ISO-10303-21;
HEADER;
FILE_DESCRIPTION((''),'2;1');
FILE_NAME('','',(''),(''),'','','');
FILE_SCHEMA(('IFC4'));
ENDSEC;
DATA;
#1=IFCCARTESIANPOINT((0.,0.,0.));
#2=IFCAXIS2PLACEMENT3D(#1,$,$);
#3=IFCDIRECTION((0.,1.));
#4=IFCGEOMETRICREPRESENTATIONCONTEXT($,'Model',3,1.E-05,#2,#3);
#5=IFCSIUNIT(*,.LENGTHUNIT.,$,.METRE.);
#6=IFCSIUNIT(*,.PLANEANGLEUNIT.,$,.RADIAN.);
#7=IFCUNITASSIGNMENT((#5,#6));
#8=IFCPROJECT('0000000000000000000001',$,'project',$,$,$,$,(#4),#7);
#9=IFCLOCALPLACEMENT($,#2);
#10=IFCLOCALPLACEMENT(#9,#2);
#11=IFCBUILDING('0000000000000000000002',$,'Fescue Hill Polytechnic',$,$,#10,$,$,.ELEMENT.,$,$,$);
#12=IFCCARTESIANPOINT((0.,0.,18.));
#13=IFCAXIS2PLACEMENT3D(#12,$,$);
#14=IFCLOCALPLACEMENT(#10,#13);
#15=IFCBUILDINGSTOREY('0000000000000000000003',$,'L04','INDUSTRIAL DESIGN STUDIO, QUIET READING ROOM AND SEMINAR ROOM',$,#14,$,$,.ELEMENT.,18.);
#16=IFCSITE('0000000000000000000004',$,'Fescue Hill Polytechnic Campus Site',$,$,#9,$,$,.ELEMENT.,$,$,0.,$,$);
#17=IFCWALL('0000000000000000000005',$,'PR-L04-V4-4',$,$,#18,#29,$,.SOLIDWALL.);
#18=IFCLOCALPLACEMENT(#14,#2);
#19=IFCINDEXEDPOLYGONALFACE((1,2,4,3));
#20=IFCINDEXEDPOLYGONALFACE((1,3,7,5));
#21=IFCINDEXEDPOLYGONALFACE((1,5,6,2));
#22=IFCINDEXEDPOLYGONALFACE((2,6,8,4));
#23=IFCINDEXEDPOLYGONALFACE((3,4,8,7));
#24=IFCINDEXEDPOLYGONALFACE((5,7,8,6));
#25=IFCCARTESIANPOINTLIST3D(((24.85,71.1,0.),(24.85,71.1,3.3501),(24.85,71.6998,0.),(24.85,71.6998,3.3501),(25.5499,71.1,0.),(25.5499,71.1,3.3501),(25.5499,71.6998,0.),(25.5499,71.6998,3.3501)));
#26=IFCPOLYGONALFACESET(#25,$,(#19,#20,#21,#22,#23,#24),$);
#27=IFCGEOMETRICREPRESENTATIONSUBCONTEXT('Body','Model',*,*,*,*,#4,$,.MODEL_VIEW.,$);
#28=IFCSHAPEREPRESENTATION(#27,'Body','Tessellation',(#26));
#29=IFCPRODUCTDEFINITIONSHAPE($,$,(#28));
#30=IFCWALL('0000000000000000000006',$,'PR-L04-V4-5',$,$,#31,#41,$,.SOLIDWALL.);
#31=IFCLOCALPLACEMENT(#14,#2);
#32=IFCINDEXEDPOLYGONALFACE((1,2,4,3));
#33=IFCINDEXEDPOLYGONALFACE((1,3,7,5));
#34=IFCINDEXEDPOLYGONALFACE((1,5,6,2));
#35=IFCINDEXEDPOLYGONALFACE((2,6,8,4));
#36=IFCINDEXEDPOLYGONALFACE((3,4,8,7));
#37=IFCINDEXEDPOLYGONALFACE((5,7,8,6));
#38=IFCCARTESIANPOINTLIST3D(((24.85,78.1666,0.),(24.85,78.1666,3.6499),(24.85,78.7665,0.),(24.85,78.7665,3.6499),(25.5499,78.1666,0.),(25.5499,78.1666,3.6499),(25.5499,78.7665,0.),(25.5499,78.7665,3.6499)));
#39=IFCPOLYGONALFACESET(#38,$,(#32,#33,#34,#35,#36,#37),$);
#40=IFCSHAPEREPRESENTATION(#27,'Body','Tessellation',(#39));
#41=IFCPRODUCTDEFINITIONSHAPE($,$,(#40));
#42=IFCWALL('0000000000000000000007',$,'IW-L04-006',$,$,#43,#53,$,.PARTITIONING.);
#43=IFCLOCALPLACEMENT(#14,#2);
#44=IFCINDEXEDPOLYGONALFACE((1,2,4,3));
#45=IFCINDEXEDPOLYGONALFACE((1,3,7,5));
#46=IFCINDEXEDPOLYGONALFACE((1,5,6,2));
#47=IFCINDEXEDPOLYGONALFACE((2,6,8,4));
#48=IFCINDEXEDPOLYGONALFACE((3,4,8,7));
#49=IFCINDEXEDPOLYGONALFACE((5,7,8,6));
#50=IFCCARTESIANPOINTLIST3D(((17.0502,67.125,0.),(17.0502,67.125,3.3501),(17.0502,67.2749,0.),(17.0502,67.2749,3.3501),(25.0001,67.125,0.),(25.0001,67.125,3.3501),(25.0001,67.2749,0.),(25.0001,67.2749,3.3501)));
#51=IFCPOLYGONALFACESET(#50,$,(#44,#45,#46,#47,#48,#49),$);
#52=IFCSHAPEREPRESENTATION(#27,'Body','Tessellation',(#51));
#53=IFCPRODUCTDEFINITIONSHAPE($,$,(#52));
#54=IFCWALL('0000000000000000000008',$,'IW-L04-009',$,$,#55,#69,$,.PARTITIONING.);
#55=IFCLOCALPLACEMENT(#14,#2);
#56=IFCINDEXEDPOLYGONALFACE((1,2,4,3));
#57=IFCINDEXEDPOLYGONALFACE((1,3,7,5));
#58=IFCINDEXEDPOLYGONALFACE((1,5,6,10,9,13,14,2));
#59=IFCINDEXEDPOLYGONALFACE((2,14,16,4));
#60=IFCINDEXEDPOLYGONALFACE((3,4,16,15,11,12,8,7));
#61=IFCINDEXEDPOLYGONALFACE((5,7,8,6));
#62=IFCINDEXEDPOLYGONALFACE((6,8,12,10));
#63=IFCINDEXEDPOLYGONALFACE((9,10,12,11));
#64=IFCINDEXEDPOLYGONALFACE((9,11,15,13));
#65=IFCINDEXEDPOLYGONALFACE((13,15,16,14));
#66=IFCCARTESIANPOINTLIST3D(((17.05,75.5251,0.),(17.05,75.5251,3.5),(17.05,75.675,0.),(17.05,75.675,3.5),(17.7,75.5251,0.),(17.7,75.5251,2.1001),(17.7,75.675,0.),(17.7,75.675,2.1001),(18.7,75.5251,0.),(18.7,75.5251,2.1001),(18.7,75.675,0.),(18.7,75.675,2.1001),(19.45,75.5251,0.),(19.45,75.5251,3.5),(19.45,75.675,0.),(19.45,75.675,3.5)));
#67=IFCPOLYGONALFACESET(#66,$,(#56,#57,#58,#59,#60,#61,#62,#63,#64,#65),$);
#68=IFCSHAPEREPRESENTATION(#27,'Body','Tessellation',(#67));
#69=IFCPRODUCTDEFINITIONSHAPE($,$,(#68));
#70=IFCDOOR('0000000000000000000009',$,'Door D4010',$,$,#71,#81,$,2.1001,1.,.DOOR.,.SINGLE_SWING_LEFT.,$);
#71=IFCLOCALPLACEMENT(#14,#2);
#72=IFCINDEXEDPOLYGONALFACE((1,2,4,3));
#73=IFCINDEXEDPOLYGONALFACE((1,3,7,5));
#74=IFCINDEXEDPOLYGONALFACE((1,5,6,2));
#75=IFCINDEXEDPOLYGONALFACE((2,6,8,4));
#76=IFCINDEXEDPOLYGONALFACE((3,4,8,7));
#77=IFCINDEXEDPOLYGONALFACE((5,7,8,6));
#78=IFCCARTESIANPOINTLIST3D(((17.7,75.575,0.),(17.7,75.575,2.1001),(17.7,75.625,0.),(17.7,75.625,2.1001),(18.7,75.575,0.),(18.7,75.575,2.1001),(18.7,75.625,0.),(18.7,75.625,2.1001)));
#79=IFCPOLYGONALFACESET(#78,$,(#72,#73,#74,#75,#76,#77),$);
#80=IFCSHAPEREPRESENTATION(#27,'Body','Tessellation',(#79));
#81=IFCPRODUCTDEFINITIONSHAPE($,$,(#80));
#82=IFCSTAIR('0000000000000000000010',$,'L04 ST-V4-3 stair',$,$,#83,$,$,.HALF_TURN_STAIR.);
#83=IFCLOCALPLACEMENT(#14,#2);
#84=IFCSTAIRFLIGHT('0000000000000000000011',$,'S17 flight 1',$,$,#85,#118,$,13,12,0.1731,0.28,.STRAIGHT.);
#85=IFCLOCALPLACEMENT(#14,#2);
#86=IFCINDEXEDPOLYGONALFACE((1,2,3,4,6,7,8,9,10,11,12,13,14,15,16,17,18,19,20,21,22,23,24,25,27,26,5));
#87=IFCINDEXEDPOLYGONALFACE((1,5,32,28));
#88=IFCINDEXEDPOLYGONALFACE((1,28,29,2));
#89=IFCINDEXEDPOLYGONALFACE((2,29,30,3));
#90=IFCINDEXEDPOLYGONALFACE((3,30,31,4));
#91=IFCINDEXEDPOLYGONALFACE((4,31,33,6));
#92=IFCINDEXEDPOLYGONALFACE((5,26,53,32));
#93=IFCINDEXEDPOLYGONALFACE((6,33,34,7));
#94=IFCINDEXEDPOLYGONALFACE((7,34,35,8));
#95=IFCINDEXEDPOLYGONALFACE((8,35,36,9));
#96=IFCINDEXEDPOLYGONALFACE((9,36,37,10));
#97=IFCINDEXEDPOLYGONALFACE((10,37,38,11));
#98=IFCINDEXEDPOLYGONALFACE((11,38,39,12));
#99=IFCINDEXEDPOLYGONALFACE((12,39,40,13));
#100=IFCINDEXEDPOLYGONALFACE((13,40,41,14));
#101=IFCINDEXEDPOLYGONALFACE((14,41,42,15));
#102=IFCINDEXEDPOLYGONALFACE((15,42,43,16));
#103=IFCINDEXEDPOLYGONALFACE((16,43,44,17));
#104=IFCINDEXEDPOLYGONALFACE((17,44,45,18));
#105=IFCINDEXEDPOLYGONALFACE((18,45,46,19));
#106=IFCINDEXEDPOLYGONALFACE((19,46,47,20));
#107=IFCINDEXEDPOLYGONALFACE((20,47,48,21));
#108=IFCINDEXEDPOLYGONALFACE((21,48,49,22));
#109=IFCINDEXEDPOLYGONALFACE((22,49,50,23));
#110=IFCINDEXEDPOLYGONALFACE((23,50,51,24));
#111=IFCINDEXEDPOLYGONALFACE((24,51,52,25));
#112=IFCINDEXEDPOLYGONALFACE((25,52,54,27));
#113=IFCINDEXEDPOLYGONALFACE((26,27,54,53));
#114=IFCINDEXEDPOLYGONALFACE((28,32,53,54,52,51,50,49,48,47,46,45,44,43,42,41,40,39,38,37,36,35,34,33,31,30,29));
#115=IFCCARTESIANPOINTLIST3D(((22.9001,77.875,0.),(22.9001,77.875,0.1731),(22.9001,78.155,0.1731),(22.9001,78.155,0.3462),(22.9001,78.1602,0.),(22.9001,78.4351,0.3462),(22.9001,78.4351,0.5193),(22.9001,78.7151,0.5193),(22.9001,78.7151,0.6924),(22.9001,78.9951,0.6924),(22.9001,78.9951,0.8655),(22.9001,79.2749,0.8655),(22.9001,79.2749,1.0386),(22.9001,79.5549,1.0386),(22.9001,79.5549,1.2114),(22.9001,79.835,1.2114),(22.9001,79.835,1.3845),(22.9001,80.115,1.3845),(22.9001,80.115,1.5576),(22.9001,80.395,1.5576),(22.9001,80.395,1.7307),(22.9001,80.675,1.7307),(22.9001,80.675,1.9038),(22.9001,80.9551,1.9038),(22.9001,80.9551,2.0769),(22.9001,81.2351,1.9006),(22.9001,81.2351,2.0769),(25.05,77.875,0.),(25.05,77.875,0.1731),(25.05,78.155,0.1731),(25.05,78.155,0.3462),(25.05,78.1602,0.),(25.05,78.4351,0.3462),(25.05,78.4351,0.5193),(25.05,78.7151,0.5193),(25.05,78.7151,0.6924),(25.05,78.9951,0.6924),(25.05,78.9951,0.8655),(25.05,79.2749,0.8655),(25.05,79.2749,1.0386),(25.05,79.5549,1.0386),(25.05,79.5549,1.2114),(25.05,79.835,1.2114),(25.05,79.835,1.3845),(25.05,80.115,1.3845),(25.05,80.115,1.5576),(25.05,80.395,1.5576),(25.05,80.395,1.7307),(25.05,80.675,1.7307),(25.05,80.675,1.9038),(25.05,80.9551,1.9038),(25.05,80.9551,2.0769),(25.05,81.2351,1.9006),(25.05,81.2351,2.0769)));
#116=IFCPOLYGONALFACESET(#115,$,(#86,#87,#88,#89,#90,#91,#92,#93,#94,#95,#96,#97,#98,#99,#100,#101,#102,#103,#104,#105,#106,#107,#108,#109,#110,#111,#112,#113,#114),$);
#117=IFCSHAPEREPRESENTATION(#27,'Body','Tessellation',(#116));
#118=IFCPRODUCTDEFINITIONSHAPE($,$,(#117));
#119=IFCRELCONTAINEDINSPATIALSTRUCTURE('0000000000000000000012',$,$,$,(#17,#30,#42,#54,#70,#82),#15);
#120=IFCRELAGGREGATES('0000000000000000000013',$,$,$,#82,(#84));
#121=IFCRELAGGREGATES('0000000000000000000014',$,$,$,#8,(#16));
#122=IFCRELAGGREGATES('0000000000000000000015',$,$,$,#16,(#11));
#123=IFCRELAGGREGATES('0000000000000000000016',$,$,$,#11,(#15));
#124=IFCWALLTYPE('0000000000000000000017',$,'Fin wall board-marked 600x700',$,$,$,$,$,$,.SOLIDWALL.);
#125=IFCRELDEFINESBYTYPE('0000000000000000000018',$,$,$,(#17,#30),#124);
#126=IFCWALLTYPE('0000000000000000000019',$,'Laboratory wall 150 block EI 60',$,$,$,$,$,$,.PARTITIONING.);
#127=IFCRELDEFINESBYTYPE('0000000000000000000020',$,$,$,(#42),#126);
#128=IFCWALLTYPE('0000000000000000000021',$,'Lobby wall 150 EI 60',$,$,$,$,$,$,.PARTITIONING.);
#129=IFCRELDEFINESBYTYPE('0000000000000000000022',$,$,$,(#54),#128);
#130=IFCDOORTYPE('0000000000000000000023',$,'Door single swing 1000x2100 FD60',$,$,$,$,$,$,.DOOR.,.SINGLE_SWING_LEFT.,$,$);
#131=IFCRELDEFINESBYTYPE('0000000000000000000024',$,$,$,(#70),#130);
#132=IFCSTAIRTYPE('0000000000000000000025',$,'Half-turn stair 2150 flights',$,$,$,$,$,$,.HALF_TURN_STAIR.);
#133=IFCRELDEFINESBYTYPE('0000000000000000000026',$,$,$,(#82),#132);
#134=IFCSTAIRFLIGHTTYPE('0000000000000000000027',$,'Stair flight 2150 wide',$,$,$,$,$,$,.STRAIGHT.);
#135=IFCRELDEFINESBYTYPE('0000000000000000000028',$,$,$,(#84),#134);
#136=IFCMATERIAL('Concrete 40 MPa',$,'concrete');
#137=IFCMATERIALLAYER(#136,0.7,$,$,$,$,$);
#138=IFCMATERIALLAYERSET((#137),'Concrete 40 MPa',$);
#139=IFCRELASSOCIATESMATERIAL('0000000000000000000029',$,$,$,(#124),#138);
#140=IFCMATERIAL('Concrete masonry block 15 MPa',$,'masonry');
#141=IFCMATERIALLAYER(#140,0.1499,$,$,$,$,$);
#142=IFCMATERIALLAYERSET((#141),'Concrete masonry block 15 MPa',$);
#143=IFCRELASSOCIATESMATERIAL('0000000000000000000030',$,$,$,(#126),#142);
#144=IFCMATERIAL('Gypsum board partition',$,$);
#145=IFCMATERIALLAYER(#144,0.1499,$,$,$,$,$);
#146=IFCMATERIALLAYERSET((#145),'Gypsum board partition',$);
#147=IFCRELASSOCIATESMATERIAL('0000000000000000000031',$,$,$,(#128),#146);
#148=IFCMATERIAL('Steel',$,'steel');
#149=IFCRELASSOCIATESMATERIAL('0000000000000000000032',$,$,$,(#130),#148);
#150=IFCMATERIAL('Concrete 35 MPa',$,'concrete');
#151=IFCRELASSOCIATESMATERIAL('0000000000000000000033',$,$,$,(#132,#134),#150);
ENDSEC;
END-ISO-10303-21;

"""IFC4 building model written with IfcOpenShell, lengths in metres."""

from ifc_helpers import new_model, si_unit, direction, frame, frame_2d, origin, place, context, subcontext, project, spatial, polyline, rectangle, outline, extrude, material, layer, layer_set, type_object, element, fill, aggregate, save


model = new_model("IFC4")

# Units and contexts
model_context = context("Model", 3, precision=1e-05, world=origin(), true_north=direction((0.0, 1.0)))
body_context = subcontext(model_context, "Body", "Model", "MODEL_VIEW")
ifc_project = project(units=[si_unit("LENGTHUNIT", "METRE"), si_unit("PLANEANGLEUNIT", "RADIAN")], contexts=[model_context])

# Site, building, storey
site_placement = place(None, origin())
site = spatial("IfcSite", under=ifc_project, at=site_placement, Name="Fescue Hill Polytechnic Campus Site", CompositionType="ELEMENT", RefElevation=0.0)
building_placement = place(site_placement, origin())
building = spatial("IfcBuilding", under=site, at=building_placement, Name="Fescue Hill Polytechnic", CompositionType="ELEMENT")
storey_placement = place(building_placement, frame((0.0, 0.0, 18.0)))
storey = spatial("IfcBuildingStorey", under=building, at=storey_placement, Name="L04", Description="INDUSTRIAL DESIGN STUDIO, QUIET READING ROOM AND SEMINAR ROOM", CompositionType="ELEMENT", Elevation=18.0)

# Shared definitions
ifc_material_1 = material(Name="Concrete 40 MPa", Category="concrete")

# Shared definitions
ifc_material_2 = material(Name="Concrete 35 MPa", Category="concrete")

# Walls
ifc_layer_1 = layer(ifc_material_1, 0.7)
ifc_layer_set_1 = layer_set([ifc_layer_1], Name="Concrete 40 MPa")
wall_type_1 = type_object("IfcWallType", Name="Fin wall board-marked 600x700", PredefinedType="SOLIDWALL", material=ifc_layer_set_1)
wall_1_placement = place(storey_placement, frame((25.2, 71.1001, 0.0), z_axis=(0.0, 0.0, 1.0), x_axis=(0.0, 1.0, 0.0)))
element("IfcWall", 1, at=wall_1_placement, inside=storey, type_object=wall_type_1, Name="PR-L04-V4-4", PredefinedType="SOLIDWALL", context=body_context, shape_type="SweptSolid", body=[
    extrude(rectangle(XDim=0.5999, YDim=0.7, at=frame_2d((0.2998, 0.0))), origin(), (0.0, 0.0, 1.0), 3.3501),
])
wall_2_placement = place(storey_placement, frame((25.2, 78.1667, 0.0), z_axis=(0.0, 0.0, 1.0), x_axis=(0.0, 1.0, 0.0)))
element("IfcWall", 2, at=wall_2_placement, inside=storey, type_object=wall_type_1, Name="PR-L04-V4-5", PredefinedType="SOLIDWALL", context=body_context, shape_type="SweptSolid", body=[
    extrude(rectangle(XDim=0.5999, YDim=0.7, at=frame_2d((0.2998, 0.0))), origin(), (0.0, 0.0, 1.0), 3.6499),
])
ifc_material_3 = material(Name="Concrete masonry block 15 MPa", Category="masonry")
ifc_layer_2 = layer(ifc_material_3, 0.1499)
ifc_layer_set_2 = layer_set([ifc_layer_2], Name="Concrete masonry block 15 MPa")
wall_type_2 = type_object("IfcWallType", Name="Laboratory wall 150 block EI 60", PredefinedType="PARTITIONING", material=ifc_layer_set_2)
wall_3_placement = place(storey_placement, frame((17.05, 67.2, 0.0), z_axis=(0.0, 0.0, 1.0), x_axis=(1.0, 0.0, 0.0)))
element("IfcWall", 3, at=wall_3_placement, inside=storey, type_object=wall_type_2, Name="IW-L04-006", PredefinedType="PARTITIONING", context=body_context, shape_type="SweptSolid", body=[
    extrude(rectangle(XDim=7.95, YDim=0.1499, at=frame_2d((3.9751, 0.0))), origin(), (0.0, 0.0, 1.0), 3.3501),
])

# Wall, opening, door
ifc_material_4 = material(Name="Gypsum board partition")
ifc_layer_3 = layer(ifc_material_4, 0.1499)
ifc_layer_set_3 = layer_set([ifc_layer_3], Name="Gypsum board partition")
wall_type_3 = type_object("IfcWallType", Name="Lobby wall 150 EI 60", PredefinedType="PARTITIONING", material=ifc_layer_set_3)
wall_4_placement = place(storey_placement, frame((17.05, 75.6001, 0.0), z_axis=(0.0, 0.0, 1.0), x_axis=(1.0, 0.0, 0.0)))
wall_4 = element("IfcWall", 4, at=wall_4_placement, inside=storey, type_object=wall_type_3, Name="IW-L04-009", PredefinedType="PARTITIONING", context=body_context, shape_type="SweptSolid", body=[
    extrude(rectangle(XDim=2.3999, YDim=0.1499, at=frame_2d((1.2, 0.0))), origin(), (0.0, 0.0, 1.0), 3.5),
])
opening_1_placement = place(wall_4_placement, frame((0.6499, 0.0, 0.0)))
opening_1 = element("IfcOpeningElement", 5, at=opening_1_placement, cuts=wall_4, PredefinedType="OPENING", context=body_context, shape_type="SweptSolid", body=[
    extrude(rectangle(XDim=1.0, YDim=2.1001, at=frame_2d((0.5, 1.05))), frame((0.0, 0.085, 0.0), z_axis=(0.0, -1.0, 0.0), x_axis=(1.0, 0.0, 0.0)), (0.0, 0.0, 1.0), 0.1699),
])
ifc_material_5 = material(Name="Steel", Category="steel")
door_type_1 = type_object("IfcDoorType", Name="Door single swing 1000x2100 FD60", OperationType="SINGLE_SWING_LEFT", PredefinedType="DOOR", material=ifc_material_5)
door_1_placement = place(opening_1_placement, origin())
door_1 = element("IfcDoor", 6, at=door_1_placement, inside=storey, type_object=door_type_1, Name="Door D4010", OperationType="SINGLE_SWING_LEFT", OverallHeight=2.1001, OverallWidth=1.0, PredefinedType="DOOR", context=body_context, shape_type="SweptSolid", body=[
    extrude(rectangle(XDim=1.0, YDim=2.1001, at=frame_2d((0.5, 1.05))), frame((0.0, 0.0249, 0.0), z_axis=(0.0, -1.0, 0.0), x_axis=(1.0, 0.0, 0.0)), (0.0, 0.0, 1.0), 0.05),
])
fill(opening_1, door_1)

# Stair, stair flight
stair_type = type_object("IfcStairType", Name="Half-turn stair 2150 flights", PredefinedType="HALF_TURN_STAIR", material=ifc_material_2)
stair_placement = place(storey_placement, origin())
stair = element("IfcStair", 7, at=stair_placement, inside=storey, type_object=stair_type, Name="L04 ST-V4-3 stair", PredefinedType="HALF_TURN_STAIR")
stair_flight_type = type_object("IfcStairFlightType", Name="Stair flight 2150 wide", PredefinedType="STRAIGHT", material=ifc_material_2)
stair_flight_placement = place(storey_placement, frame((23.9751, 77.875, 0.0), z_axis=(0.0, 0.0, 1.0), x_axis=(0.0, 1.0, 0.0)))
stair_flight = element("IfcStairFlight", 8, at=stair_flight_placement, type_object=stair_flight_type, Name="S17 flight 1", NumberOfRisers=13, NumberOfTreads=12, PredefinedType="STRAIGHT", RiserHeight=0.1731, TreadLength=0.28, context=body_context, shape_type="SweptSolid", body=[
    extrude(outline(polyline([(0.0, 0.0), (0.0, 0.1731), (0.28, 0.1731), (0.28, 0.3462), (0.5601, 0.3462), (0.5601, 0.5193), (0.8401, 0.5193), (0.8401, 0.6924), (1.1201, 0.6924), (1.1201, 0.8655), (1.3999, 0.8655), (1.3999, 1.0386), (1.6799, 1.0386), (1.6799, 1.2114), (1.96, 1.2114), (1.96, 1.3845), (2.24, 1.3845), (2.24, 1.5576), (2.52, 1.5576), (2.52, 1.7307), (2.8, 1.7307), (2.8, 1.9038), (3.0801, 1.9038), (3.0801, 2.0769), (3.3601, 2.0769), (3.3601, 2.25), (3.3601, 1.9006), (0.2852, 0.0), (0.0, 0.0)])), frame((0.0, 1.075, 0.0), z_axis=(0.0, -1.0, 0.0), x_axis=(1.0, 0.0, 0.0)), (0.0, 0.0, 1.0), 2.1499),
])
aggregate(stair, [stair_flight])

save(model, "model.ifc")
